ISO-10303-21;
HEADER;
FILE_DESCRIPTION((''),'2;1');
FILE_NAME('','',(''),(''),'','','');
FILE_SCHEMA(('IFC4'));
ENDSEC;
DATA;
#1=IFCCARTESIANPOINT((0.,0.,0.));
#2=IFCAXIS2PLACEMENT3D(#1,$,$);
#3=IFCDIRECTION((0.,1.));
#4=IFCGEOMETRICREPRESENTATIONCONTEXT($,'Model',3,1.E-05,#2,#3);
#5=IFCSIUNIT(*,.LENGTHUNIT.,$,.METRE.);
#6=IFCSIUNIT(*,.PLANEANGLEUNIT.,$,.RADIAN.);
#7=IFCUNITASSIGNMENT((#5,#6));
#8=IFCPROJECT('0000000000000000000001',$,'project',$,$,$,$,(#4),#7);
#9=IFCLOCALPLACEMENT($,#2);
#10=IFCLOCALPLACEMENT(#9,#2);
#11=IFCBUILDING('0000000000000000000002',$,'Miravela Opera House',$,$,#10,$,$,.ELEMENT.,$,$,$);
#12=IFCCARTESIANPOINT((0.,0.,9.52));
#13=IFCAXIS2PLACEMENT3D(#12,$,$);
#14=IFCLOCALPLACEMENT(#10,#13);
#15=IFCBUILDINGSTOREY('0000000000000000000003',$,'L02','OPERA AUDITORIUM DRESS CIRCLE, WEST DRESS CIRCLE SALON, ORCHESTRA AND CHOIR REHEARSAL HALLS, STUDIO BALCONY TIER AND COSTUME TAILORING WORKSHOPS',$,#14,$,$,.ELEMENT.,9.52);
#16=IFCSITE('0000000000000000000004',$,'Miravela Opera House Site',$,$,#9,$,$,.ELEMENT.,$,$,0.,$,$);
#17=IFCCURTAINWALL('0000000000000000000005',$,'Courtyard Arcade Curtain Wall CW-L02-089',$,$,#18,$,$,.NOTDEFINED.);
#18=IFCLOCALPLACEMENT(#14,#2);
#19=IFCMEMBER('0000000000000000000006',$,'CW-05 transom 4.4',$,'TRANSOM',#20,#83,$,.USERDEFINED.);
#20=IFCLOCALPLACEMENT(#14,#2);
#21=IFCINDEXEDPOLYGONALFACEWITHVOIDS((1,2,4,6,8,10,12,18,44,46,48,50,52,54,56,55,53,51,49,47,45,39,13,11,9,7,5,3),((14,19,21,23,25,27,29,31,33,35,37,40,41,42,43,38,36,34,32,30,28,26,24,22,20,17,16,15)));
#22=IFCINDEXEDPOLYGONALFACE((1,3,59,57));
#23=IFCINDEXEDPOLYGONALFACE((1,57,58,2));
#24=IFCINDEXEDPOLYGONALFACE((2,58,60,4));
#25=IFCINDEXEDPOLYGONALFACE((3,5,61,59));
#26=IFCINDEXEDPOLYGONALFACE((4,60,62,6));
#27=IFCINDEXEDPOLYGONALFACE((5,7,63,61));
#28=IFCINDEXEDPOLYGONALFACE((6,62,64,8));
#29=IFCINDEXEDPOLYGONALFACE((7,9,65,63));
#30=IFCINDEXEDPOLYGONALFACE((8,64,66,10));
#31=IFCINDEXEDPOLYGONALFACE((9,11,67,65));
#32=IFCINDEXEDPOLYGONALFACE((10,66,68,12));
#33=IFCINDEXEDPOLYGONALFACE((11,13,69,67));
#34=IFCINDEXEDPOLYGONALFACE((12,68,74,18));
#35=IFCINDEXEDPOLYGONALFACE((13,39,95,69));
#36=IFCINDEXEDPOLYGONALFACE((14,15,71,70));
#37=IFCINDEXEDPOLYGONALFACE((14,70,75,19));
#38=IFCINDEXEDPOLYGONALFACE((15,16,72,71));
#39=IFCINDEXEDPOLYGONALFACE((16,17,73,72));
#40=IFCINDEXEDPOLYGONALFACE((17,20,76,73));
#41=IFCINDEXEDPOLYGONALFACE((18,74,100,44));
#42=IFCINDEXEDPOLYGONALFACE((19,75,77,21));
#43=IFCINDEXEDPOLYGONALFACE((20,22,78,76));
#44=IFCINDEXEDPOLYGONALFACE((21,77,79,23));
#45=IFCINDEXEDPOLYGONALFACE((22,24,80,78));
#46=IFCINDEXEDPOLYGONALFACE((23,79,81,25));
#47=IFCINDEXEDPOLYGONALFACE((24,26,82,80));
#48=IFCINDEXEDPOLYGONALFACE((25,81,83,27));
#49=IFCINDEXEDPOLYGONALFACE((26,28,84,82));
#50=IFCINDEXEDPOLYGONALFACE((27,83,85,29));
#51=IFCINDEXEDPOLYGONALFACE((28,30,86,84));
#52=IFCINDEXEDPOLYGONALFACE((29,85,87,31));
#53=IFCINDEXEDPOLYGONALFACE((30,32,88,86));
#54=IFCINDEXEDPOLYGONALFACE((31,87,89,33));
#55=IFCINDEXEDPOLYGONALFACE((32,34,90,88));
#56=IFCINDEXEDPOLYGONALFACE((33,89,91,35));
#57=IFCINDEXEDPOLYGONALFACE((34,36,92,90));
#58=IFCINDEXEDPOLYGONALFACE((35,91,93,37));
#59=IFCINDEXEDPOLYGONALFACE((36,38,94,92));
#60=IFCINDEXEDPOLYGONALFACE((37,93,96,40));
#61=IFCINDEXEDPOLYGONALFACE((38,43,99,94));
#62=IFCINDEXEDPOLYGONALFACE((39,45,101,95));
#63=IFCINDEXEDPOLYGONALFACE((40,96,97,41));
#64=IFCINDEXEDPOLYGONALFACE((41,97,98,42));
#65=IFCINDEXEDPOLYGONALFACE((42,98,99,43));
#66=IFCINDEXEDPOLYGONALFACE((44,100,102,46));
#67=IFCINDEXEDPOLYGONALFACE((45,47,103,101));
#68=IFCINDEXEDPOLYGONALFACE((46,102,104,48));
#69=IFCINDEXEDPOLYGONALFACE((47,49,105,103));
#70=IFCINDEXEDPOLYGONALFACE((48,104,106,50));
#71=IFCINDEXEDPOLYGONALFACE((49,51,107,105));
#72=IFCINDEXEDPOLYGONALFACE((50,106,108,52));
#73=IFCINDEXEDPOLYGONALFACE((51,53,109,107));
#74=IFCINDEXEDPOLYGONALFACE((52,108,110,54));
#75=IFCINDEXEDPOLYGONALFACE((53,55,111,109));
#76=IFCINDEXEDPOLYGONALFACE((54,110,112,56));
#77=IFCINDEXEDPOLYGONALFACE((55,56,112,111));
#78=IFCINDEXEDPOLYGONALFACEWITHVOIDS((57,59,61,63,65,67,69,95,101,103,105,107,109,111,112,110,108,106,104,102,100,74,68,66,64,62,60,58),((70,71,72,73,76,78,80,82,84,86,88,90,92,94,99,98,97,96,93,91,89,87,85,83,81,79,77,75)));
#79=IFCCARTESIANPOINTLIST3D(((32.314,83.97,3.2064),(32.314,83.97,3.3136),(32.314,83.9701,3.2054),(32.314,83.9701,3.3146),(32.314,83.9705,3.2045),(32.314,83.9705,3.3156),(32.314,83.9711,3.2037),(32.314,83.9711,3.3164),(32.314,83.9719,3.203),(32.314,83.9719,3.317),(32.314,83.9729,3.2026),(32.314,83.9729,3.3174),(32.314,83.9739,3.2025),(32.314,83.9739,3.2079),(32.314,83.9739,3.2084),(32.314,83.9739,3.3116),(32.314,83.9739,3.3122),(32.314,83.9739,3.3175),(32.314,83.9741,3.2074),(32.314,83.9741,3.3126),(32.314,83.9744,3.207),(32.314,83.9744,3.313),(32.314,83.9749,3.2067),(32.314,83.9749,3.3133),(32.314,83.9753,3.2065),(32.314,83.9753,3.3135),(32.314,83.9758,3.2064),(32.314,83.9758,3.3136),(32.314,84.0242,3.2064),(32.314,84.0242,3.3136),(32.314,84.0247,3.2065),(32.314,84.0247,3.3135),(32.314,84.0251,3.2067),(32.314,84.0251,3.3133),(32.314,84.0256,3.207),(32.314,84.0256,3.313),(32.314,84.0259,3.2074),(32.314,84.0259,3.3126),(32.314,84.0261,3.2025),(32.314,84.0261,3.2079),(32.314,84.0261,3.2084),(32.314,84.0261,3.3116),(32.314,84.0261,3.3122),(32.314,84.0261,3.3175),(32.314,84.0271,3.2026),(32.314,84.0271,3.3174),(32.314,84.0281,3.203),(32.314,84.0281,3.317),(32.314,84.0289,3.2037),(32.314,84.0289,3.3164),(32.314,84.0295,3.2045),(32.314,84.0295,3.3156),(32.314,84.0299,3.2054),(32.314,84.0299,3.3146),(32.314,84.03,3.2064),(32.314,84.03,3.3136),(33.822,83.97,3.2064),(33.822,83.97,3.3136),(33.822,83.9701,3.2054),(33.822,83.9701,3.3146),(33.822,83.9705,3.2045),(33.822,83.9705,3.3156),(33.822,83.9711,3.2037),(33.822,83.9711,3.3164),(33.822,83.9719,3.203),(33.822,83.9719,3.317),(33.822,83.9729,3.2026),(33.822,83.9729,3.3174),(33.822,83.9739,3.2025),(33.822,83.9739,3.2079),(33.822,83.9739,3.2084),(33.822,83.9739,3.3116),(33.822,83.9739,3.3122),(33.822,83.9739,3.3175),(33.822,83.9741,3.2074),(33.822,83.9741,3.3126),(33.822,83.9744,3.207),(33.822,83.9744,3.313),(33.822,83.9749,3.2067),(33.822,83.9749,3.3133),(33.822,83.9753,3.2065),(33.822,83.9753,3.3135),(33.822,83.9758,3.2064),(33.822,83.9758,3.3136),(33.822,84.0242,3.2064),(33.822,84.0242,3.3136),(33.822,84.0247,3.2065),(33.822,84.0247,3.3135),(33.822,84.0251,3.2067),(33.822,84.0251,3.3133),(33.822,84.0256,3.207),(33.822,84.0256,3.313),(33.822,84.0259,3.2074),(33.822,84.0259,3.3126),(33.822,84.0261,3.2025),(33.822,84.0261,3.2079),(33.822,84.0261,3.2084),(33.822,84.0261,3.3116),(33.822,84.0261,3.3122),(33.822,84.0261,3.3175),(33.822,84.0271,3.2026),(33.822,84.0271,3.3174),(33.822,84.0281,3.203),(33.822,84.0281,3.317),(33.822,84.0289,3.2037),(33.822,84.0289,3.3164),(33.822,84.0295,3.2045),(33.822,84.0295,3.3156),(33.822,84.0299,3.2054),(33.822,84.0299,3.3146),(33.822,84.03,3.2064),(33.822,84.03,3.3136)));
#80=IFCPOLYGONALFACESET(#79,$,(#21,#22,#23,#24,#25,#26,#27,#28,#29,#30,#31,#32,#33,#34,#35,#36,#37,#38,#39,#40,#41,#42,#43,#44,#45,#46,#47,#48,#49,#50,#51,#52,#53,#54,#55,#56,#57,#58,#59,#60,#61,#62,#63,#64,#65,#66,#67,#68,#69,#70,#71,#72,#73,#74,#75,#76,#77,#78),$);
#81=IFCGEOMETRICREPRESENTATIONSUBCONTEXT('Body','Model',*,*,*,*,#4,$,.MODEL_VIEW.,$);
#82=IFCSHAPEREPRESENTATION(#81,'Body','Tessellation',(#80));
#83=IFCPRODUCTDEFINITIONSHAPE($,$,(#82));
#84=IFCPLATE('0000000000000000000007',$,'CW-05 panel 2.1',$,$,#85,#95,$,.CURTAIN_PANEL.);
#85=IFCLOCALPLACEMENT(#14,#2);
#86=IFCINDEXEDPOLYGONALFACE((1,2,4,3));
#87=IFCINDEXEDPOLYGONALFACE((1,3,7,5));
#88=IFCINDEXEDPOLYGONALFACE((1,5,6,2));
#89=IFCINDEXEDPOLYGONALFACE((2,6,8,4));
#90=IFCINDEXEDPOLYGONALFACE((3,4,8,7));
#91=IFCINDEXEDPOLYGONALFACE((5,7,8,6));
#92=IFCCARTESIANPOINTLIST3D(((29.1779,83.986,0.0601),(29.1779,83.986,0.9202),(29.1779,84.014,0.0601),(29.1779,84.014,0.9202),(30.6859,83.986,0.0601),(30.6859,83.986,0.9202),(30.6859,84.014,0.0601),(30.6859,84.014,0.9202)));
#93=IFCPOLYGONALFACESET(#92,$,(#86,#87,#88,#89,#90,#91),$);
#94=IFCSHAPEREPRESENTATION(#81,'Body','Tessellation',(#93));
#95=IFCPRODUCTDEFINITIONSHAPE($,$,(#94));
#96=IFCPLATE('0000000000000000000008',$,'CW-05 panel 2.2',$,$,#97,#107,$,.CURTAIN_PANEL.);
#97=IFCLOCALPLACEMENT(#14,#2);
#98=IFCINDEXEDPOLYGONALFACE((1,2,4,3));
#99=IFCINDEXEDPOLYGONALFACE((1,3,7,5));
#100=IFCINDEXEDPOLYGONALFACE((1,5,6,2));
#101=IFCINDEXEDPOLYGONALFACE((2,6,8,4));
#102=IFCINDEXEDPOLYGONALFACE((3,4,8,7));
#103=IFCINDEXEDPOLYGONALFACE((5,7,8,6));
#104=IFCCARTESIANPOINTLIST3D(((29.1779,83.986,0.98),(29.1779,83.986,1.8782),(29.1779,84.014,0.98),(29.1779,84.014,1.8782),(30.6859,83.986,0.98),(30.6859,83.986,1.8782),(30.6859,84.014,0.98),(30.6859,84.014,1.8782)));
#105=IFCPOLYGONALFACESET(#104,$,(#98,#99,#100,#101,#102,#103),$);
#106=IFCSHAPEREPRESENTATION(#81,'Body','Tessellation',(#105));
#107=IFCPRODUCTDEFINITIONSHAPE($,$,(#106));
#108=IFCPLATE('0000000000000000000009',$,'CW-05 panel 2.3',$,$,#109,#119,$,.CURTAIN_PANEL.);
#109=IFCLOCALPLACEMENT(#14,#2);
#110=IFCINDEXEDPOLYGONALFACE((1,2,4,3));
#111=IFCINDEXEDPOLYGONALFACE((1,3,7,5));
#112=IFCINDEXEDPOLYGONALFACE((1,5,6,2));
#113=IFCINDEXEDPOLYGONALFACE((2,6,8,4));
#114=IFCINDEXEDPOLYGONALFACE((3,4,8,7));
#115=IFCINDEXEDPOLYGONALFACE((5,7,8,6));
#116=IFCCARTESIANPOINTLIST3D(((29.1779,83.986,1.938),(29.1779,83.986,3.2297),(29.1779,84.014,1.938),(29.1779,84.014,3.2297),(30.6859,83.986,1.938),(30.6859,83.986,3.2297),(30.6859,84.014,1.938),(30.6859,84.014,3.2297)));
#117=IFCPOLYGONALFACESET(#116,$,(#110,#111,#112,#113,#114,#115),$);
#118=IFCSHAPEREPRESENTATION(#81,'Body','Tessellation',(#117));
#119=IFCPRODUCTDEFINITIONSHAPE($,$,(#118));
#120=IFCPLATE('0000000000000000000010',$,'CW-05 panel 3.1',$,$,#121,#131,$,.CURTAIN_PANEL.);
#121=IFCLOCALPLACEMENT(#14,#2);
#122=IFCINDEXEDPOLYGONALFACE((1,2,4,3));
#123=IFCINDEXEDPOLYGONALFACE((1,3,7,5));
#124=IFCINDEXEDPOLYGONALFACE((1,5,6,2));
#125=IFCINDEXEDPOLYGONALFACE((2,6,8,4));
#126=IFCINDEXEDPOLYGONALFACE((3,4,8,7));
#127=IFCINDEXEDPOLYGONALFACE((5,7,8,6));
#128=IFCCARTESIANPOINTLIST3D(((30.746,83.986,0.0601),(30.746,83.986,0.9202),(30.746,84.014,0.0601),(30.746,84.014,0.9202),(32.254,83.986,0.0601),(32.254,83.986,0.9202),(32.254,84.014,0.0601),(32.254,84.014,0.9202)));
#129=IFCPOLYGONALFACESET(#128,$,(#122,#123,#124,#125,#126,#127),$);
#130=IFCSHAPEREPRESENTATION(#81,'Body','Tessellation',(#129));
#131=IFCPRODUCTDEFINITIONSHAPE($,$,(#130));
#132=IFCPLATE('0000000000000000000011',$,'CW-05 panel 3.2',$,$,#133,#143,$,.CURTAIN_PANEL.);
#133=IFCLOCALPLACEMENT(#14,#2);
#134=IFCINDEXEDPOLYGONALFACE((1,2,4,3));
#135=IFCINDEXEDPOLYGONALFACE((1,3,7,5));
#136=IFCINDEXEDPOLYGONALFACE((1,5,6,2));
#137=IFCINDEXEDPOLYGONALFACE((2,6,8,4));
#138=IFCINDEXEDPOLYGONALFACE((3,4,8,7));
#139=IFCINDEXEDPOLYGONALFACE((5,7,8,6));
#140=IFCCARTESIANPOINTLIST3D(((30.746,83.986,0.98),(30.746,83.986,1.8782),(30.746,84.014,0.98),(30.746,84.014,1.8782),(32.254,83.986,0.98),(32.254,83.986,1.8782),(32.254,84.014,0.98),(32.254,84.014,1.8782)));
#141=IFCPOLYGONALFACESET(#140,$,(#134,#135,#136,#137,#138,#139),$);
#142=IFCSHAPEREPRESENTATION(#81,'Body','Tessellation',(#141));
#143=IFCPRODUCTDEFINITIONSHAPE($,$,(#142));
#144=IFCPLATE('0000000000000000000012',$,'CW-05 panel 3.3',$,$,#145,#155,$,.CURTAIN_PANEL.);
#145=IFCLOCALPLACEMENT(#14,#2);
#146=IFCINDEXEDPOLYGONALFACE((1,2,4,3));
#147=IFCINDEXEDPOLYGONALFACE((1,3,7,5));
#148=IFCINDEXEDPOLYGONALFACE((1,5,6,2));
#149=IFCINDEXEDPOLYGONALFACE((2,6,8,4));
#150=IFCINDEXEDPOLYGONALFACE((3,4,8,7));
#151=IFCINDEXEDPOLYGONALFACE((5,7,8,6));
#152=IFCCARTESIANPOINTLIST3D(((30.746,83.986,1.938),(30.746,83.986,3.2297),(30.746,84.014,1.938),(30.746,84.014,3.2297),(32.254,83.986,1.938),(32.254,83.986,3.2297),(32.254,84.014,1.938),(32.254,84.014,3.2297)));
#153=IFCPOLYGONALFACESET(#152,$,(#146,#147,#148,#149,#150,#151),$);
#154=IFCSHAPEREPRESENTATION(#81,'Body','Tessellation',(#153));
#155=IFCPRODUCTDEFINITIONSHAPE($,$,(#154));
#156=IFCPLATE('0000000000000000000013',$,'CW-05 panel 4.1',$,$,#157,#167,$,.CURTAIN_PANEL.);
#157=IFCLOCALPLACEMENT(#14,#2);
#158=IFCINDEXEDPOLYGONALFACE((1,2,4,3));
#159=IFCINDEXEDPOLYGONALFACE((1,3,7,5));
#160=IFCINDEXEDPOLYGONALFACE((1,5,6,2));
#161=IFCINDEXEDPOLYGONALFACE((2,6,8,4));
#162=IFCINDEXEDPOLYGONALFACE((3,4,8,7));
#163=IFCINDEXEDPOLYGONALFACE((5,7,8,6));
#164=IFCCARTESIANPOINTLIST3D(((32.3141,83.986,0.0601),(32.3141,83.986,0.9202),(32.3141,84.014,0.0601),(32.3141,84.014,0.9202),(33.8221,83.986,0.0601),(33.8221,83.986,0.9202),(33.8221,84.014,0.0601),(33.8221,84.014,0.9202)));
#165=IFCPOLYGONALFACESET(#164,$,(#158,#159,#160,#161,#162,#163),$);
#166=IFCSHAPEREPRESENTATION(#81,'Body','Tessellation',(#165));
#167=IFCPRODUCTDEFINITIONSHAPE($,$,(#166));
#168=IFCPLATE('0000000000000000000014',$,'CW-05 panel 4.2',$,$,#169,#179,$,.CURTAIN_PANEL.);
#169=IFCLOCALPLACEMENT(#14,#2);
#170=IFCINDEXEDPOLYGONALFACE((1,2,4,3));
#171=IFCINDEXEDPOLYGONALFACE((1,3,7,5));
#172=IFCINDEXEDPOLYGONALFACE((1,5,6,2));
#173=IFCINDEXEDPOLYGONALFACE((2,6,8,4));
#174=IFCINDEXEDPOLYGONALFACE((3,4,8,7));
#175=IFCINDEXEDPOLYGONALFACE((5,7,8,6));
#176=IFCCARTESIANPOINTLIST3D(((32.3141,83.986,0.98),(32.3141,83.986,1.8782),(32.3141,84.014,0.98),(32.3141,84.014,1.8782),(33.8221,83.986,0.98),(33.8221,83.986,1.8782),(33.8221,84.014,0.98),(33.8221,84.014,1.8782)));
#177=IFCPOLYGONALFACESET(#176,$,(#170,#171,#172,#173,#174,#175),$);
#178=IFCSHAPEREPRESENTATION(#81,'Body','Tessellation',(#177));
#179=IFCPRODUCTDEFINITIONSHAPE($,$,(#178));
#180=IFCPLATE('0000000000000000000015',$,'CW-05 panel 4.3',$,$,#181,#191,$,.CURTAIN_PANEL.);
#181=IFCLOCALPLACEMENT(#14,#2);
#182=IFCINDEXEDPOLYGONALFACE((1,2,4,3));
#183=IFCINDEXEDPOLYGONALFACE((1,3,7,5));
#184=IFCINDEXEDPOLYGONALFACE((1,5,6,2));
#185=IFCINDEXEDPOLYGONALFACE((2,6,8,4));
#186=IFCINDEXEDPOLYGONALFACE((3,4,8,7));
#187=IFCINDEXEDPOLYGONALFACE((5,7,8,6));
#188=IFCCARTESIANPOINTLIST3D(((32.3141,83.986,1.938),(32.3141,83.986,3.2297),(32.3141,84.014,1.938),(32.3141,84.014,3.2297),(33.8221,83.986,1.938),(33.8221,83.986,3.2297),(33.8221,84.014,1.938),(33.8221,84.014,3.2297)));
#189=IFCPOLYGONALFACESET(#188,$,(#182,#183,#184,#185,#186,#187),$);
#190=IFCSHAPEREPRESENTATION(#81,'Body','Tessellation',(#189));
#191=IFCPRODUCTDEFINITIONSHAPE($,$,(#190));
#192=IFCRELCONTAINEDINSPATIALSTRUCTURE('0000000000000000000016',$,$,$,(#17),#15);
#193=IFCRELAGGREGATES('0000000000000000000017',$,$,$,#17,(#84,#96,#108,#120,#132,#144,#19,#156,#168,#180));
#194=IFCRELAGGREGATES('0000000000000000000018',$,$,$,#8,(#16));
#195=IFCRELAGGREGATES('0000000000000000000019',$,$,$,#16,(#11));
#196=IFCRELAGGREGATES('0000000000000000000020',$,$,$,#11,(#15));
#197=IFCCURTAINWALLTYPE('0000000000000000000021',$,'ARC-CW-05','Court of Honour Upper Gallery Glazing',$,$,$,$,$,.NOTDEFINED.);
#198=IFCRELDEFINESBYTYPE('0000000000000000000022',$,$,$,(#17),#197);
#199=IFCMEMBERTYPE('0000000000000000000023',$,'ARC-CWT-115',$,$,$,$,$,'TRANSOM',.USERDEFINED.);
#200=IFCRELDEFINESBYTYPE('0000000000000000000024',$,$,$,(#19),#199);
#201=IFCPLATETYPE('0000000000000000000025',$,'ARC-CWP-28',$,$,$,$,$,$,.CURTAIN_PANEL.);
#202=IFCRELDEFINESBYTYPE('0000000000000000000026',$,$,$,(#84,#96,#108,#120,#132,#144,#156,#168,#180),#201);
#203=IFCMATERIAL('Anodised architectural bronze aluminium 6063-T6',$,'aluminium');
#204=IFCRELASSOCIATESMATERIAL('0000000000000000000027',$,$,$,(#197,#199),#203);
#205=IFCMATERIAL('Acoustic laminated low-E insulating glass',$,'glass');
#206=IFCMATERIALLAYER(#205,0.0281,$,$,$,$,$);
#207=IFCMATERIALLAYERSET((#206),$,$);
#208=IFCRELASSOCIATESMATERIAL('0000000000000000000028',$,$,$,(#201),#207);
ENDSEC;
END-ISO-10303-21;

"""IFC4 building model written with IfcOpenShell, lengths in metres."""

from ifc_helpers import new_model, si_unit, direction, frame, origin, origin_2d, place, context, subcontext, project, spatial, rectangle, hollow_rectangle, extrude, material, layer, layer_set, material_profile, profile_set, type_object, element, aggregate, save


model = new_model("IFC4")

# Units and contexts
model_context = context("Model", 3, precision=1e-05, world=origin(), true_north=direction((0.0, 1.0)))
body_context = subcontext(model_context, "Body", "Model", "MODEL_VIEW")
ifc_project = project(units=[si_unit("LENGTHUNIT", "METRE"), si_unit("PLANEANGLEUNIT", "RADIAN")], contexts=[model_context])

# Site, building, storey
site_placement = place(None, origin())
site = spatial("IfcSite", under=ifc_project, at=site_placement, Name="Miravela Opera House Site", CompositionType="ELEMENT", RefElevation=0.0)
building_placement = place(site_placement, origin())
building = spatial("IfcBuilding", under=site, at=building_placement, Name="Miravela Opera House", CompositionType="ELEMENT")
storey_placement = place(building_placement, frame((0.0, 0.0, 9.52)))
storey = spatial("IfcBuildingStorey", under=building, at=storey_placement, Name="L02", Description="OPERA AUDITORIUM DRESS CIRCLE, WEST DRESS CIRCLE SALON, ORCHESTRA AND CHOIR REHEARSAL HALLS, STUDIO BALCONY TIER AND COSTUME TAILORING WORKSHOPS", CompositionType="ELEMENT", Elevation=9.52)

# Curtain wall, member, plates
ifc_material_1 = material(Name="Anodised architectural bronze aluminium 6063-T6", Category="aluminium")
curtain_wall_type = type_object("IfcCurtainWallType", Name="ARC-CW-05", Description="Court of Honour Upper Gallery Glazing", PredefinedType="NOTDEFINED", material=ifc_material_1)
curtain_wall_placement = place(storey_placement, origin())
curtain_wall = element("IfcCurtainWall", 1, at=curtain_wall_placement, inside=storey, type_object=curtain_wall_type, Name="Courtyard Arcade Curtain Wall CW-L02-089", PredefinedType="NOTDEFINED")
ifc_material_profile_1 = material_profile(ifc_material_1, hollow_rectangle(XDim=0.0601, YDim=0.115, WallThickness=0.0039, InnerFilletRadius=0.002, OuterFilletRadius=0.0039, at=origin_2d()), Name="CWT-60X115")
ifc_profile_set_1 = profile_set([ifc_material_profile_1])
member_type_1 = type_object("IfcMemberType", Name="ARC-CWT-115", ElementType="TRANSOM", PredefinedType="USERDEFINED", material=ifc_profile_set_1)
member_1_placement = place(storey_placement, frame((32.314, 84.0, 3.26), z_axis=(1.0, 0.0, 0.0), x_axis=(0.0, 1.0, 0.0)))
member_1 = element("IfcMember", 2, at=member_1_placement, type_object=member_type_1, Name="CW-05 transom 4.4", ObjectType="TRANSOM", PredefinedType="USERDEFINED", context=body_context, shape_type="SweptSolid", body=[
    extrude(hollow_rectangle(XDim=0.0601, YDim=0.115, WallThickness=0.0039, InnerFilletRadius=0.002, OuterFilletRadius=0.0039, at=origin_2d()), origin(), (0.0, 0.0, 1.0), 1.5081),
])
ifc_material_2 = material(Name="Acoustic laminated low-E insulating glass", Category="glass")
ifc_layer = layer(ifc_material_2, 0.0281)
ifc_layer_set = layer_set([ifc_layer])
plate_type = type_object("IfcPlateType", Name="ARC-CWP-28", PredefinedType="CURTAIN_PANEL", material=ifc_layer_set)
plate_1_placement = place(storey_placement, frame((29.9319, 84.0, 0.0601), z_axis=(0.0, 0.0, 1.0), x_axis=(1.0, 0.0, 0.0)))
plate_1 = element("IfcPlate", 3, at=plate_1_placement, type_object=plate_type, Name="CW-05 panel 2.1", PredefinedType="CURTAIN_PANEL", context=body_context, shape_type="SweptSolid", body=[
    extrude(rectangle(XDim=1.5081, YDim=0.0281, at=origin_2d()), origin(), (0.0, 0.0, 1.0), 0.8601),
])
plate_2_placement = place(storey_placement, frame((29.9319, 84.0, 0.98), z_axis=(0.0, 0.0, 1.0), x_axis=(1.0, 0.0, 0.0)))
plate_2 = element("IfcPlate", 4, at=plate_2_placement, type_object=plate_type, Name="CW-05 panel 2.2", PredefinedType="CURTAIN_PANEL", context=body_context, shape_type="SweptSolid", body=[
    extrude(rectangle(XDim=1.5081, YDim=0.0281, at=origin_2d()), origin(), (0.0, 0.0, 1.0), 0.8982),
])
plate_3_placement = place(storey_placement, frame((29.9319, 84.0, 1.938), z_axis=(0.0, 0.0, 1.0), x_axis=(1.0, 0.0, 0.0)))
plate_3 = element("IfcPlate", 5, at=plate_3_placement, type_object=plate_type, Name="CW-05 panel 2.3", PredefinedType="CURTAIN_PANEL", context=body_context, shape_type="SweptSolid", body=[
    extrude(rectangle(XDim=1.5081, YDim=0.0281, at=origin_2d()), origin(), (0.0, 0.0, 1.0), 1.2917),
])
plate_4_placement = place(storey_placement, frame((31.5, 84.0, 0.0601), z_axis=(0.0, 0.0, 1.0), x_axis=(1.0, 0.0, 0.0)))
plate_4 = element("IfcPlate", 6, at=plate_4_placement, type_object=plate_type, Name="CW-05 panel 3.1", PredefinedType="CURTAIN_PANEL", context=body_context, shape_type="SweptSolid", body=[
    extrude(rectangle(XDim=1.5081, YDim=0.0281, at=origin_2d()), origin(), (0.0, 0.0, 1.0), 0.8601),
])
plate_5_placement = place(storey_placement, frame((31.5, 84.0, 0.98), z_axis=(0.0, 0.0, 1.0), x_axis=(1.0, 0.0, 0.0)))
plate_5 = element("IfcPlate", 7, at=plate_5_placement, type_object=plate_type, Name="CW-05 panel 3.2", PredefinedType="CURTAIN_PANEL", context=body_context, shape_type="SweptSolid", body=[
    extrude(rectangle(XDim=1.5081, YDim=0.0281, at=origin_2d()), origin(), (0.0, 0.0, 1.0), 0.8982),
])
plate_6_placement = place(storey_placement, frame((31.5, 84.0, 1.938), z_axis=(0.0, 0.0, 1.0), x_axis=(1.0, 0.0, 0.0)))
plate_6 = element("IfcPlate", 8, at=plate_6_placement, type_object=plate_type, Name="CW-05 panel 3.3", PredefinedType="CURTAIN_PANEL", context=body_context, shape_type="SweptSolid", body=[
    extrude(rectangle(XDim=1.5081, YDim=0.0281, at=origin_2d()), origin(), (0.0, 0.0, 1.0), 1.2917),
])
plate_7_placement = place(storey_placement, frame((33.0681, 84.0, 0.0601), z_axis=(0.0, 0.0, 1.0), x_axis=(1.0, 0.0, 0.0)))
plate_7 = element("IfcPlate", 9, at=plate_7_placement, type_object=plate_type, Name="CW-05 panel 4.1", PredefinedType="CURTAIN_PANEL", context=body_context, shape_type="SweptSolid", body=[
    extrude(rectangle(XDim=1.5081, YDim=0.0281, at=origin_2d()), origin(), (0.0, 0.0, 1.0), 0.8601),
])
plate_8_placement = place(storey_placement, frame((33.0681, 84.0, 0.98), z_axis=(0.0, 0.0, 1.0), x_axis=(1.0, 0.0, 0.0)))
plate_8 = element("IfcPlate", 10, at=plate_8_placement, type_object=plate_type, Name="CW-05 panel 4.2", PredefinedType="CURTAIN_PANEL", context=body_context, shape_type="SweptSolid", body=[
    extrude(rectangle(XDim=1.5081, YDim=0.0281, at=origin_2d()), origin(), (0.0, 0.0, 1.0), 0.8982),
])
plate_9_placement = place(storey_placement, frame((33.0681, 84.0, 1.938), z_axis=(0.0, 0.0, 1.0), x_axis=(1.0, 0.0, 0.0)))
plate_9 = element("IfcPlate", 11, at=plate_9_placement, type_object=plate_type, Name="CW-05 panel 4.3", PredefinedType="CURTAIN_PANEL", context=body_context, shape_type="SweptSolid", body=[
    extrude(rectangle(XDim=1.5081, YDim=0.0281, at=origin_2d()), origin(), (0.0, 0.0, 1.0), 1.2917),
])
aggregate(curtain_wall, [plate_1, plate_2, plate_3, plate_4, plate_5, plate_6, member_1, plate_7, plate_8, plate_9])

save(model, "model.ifc")
